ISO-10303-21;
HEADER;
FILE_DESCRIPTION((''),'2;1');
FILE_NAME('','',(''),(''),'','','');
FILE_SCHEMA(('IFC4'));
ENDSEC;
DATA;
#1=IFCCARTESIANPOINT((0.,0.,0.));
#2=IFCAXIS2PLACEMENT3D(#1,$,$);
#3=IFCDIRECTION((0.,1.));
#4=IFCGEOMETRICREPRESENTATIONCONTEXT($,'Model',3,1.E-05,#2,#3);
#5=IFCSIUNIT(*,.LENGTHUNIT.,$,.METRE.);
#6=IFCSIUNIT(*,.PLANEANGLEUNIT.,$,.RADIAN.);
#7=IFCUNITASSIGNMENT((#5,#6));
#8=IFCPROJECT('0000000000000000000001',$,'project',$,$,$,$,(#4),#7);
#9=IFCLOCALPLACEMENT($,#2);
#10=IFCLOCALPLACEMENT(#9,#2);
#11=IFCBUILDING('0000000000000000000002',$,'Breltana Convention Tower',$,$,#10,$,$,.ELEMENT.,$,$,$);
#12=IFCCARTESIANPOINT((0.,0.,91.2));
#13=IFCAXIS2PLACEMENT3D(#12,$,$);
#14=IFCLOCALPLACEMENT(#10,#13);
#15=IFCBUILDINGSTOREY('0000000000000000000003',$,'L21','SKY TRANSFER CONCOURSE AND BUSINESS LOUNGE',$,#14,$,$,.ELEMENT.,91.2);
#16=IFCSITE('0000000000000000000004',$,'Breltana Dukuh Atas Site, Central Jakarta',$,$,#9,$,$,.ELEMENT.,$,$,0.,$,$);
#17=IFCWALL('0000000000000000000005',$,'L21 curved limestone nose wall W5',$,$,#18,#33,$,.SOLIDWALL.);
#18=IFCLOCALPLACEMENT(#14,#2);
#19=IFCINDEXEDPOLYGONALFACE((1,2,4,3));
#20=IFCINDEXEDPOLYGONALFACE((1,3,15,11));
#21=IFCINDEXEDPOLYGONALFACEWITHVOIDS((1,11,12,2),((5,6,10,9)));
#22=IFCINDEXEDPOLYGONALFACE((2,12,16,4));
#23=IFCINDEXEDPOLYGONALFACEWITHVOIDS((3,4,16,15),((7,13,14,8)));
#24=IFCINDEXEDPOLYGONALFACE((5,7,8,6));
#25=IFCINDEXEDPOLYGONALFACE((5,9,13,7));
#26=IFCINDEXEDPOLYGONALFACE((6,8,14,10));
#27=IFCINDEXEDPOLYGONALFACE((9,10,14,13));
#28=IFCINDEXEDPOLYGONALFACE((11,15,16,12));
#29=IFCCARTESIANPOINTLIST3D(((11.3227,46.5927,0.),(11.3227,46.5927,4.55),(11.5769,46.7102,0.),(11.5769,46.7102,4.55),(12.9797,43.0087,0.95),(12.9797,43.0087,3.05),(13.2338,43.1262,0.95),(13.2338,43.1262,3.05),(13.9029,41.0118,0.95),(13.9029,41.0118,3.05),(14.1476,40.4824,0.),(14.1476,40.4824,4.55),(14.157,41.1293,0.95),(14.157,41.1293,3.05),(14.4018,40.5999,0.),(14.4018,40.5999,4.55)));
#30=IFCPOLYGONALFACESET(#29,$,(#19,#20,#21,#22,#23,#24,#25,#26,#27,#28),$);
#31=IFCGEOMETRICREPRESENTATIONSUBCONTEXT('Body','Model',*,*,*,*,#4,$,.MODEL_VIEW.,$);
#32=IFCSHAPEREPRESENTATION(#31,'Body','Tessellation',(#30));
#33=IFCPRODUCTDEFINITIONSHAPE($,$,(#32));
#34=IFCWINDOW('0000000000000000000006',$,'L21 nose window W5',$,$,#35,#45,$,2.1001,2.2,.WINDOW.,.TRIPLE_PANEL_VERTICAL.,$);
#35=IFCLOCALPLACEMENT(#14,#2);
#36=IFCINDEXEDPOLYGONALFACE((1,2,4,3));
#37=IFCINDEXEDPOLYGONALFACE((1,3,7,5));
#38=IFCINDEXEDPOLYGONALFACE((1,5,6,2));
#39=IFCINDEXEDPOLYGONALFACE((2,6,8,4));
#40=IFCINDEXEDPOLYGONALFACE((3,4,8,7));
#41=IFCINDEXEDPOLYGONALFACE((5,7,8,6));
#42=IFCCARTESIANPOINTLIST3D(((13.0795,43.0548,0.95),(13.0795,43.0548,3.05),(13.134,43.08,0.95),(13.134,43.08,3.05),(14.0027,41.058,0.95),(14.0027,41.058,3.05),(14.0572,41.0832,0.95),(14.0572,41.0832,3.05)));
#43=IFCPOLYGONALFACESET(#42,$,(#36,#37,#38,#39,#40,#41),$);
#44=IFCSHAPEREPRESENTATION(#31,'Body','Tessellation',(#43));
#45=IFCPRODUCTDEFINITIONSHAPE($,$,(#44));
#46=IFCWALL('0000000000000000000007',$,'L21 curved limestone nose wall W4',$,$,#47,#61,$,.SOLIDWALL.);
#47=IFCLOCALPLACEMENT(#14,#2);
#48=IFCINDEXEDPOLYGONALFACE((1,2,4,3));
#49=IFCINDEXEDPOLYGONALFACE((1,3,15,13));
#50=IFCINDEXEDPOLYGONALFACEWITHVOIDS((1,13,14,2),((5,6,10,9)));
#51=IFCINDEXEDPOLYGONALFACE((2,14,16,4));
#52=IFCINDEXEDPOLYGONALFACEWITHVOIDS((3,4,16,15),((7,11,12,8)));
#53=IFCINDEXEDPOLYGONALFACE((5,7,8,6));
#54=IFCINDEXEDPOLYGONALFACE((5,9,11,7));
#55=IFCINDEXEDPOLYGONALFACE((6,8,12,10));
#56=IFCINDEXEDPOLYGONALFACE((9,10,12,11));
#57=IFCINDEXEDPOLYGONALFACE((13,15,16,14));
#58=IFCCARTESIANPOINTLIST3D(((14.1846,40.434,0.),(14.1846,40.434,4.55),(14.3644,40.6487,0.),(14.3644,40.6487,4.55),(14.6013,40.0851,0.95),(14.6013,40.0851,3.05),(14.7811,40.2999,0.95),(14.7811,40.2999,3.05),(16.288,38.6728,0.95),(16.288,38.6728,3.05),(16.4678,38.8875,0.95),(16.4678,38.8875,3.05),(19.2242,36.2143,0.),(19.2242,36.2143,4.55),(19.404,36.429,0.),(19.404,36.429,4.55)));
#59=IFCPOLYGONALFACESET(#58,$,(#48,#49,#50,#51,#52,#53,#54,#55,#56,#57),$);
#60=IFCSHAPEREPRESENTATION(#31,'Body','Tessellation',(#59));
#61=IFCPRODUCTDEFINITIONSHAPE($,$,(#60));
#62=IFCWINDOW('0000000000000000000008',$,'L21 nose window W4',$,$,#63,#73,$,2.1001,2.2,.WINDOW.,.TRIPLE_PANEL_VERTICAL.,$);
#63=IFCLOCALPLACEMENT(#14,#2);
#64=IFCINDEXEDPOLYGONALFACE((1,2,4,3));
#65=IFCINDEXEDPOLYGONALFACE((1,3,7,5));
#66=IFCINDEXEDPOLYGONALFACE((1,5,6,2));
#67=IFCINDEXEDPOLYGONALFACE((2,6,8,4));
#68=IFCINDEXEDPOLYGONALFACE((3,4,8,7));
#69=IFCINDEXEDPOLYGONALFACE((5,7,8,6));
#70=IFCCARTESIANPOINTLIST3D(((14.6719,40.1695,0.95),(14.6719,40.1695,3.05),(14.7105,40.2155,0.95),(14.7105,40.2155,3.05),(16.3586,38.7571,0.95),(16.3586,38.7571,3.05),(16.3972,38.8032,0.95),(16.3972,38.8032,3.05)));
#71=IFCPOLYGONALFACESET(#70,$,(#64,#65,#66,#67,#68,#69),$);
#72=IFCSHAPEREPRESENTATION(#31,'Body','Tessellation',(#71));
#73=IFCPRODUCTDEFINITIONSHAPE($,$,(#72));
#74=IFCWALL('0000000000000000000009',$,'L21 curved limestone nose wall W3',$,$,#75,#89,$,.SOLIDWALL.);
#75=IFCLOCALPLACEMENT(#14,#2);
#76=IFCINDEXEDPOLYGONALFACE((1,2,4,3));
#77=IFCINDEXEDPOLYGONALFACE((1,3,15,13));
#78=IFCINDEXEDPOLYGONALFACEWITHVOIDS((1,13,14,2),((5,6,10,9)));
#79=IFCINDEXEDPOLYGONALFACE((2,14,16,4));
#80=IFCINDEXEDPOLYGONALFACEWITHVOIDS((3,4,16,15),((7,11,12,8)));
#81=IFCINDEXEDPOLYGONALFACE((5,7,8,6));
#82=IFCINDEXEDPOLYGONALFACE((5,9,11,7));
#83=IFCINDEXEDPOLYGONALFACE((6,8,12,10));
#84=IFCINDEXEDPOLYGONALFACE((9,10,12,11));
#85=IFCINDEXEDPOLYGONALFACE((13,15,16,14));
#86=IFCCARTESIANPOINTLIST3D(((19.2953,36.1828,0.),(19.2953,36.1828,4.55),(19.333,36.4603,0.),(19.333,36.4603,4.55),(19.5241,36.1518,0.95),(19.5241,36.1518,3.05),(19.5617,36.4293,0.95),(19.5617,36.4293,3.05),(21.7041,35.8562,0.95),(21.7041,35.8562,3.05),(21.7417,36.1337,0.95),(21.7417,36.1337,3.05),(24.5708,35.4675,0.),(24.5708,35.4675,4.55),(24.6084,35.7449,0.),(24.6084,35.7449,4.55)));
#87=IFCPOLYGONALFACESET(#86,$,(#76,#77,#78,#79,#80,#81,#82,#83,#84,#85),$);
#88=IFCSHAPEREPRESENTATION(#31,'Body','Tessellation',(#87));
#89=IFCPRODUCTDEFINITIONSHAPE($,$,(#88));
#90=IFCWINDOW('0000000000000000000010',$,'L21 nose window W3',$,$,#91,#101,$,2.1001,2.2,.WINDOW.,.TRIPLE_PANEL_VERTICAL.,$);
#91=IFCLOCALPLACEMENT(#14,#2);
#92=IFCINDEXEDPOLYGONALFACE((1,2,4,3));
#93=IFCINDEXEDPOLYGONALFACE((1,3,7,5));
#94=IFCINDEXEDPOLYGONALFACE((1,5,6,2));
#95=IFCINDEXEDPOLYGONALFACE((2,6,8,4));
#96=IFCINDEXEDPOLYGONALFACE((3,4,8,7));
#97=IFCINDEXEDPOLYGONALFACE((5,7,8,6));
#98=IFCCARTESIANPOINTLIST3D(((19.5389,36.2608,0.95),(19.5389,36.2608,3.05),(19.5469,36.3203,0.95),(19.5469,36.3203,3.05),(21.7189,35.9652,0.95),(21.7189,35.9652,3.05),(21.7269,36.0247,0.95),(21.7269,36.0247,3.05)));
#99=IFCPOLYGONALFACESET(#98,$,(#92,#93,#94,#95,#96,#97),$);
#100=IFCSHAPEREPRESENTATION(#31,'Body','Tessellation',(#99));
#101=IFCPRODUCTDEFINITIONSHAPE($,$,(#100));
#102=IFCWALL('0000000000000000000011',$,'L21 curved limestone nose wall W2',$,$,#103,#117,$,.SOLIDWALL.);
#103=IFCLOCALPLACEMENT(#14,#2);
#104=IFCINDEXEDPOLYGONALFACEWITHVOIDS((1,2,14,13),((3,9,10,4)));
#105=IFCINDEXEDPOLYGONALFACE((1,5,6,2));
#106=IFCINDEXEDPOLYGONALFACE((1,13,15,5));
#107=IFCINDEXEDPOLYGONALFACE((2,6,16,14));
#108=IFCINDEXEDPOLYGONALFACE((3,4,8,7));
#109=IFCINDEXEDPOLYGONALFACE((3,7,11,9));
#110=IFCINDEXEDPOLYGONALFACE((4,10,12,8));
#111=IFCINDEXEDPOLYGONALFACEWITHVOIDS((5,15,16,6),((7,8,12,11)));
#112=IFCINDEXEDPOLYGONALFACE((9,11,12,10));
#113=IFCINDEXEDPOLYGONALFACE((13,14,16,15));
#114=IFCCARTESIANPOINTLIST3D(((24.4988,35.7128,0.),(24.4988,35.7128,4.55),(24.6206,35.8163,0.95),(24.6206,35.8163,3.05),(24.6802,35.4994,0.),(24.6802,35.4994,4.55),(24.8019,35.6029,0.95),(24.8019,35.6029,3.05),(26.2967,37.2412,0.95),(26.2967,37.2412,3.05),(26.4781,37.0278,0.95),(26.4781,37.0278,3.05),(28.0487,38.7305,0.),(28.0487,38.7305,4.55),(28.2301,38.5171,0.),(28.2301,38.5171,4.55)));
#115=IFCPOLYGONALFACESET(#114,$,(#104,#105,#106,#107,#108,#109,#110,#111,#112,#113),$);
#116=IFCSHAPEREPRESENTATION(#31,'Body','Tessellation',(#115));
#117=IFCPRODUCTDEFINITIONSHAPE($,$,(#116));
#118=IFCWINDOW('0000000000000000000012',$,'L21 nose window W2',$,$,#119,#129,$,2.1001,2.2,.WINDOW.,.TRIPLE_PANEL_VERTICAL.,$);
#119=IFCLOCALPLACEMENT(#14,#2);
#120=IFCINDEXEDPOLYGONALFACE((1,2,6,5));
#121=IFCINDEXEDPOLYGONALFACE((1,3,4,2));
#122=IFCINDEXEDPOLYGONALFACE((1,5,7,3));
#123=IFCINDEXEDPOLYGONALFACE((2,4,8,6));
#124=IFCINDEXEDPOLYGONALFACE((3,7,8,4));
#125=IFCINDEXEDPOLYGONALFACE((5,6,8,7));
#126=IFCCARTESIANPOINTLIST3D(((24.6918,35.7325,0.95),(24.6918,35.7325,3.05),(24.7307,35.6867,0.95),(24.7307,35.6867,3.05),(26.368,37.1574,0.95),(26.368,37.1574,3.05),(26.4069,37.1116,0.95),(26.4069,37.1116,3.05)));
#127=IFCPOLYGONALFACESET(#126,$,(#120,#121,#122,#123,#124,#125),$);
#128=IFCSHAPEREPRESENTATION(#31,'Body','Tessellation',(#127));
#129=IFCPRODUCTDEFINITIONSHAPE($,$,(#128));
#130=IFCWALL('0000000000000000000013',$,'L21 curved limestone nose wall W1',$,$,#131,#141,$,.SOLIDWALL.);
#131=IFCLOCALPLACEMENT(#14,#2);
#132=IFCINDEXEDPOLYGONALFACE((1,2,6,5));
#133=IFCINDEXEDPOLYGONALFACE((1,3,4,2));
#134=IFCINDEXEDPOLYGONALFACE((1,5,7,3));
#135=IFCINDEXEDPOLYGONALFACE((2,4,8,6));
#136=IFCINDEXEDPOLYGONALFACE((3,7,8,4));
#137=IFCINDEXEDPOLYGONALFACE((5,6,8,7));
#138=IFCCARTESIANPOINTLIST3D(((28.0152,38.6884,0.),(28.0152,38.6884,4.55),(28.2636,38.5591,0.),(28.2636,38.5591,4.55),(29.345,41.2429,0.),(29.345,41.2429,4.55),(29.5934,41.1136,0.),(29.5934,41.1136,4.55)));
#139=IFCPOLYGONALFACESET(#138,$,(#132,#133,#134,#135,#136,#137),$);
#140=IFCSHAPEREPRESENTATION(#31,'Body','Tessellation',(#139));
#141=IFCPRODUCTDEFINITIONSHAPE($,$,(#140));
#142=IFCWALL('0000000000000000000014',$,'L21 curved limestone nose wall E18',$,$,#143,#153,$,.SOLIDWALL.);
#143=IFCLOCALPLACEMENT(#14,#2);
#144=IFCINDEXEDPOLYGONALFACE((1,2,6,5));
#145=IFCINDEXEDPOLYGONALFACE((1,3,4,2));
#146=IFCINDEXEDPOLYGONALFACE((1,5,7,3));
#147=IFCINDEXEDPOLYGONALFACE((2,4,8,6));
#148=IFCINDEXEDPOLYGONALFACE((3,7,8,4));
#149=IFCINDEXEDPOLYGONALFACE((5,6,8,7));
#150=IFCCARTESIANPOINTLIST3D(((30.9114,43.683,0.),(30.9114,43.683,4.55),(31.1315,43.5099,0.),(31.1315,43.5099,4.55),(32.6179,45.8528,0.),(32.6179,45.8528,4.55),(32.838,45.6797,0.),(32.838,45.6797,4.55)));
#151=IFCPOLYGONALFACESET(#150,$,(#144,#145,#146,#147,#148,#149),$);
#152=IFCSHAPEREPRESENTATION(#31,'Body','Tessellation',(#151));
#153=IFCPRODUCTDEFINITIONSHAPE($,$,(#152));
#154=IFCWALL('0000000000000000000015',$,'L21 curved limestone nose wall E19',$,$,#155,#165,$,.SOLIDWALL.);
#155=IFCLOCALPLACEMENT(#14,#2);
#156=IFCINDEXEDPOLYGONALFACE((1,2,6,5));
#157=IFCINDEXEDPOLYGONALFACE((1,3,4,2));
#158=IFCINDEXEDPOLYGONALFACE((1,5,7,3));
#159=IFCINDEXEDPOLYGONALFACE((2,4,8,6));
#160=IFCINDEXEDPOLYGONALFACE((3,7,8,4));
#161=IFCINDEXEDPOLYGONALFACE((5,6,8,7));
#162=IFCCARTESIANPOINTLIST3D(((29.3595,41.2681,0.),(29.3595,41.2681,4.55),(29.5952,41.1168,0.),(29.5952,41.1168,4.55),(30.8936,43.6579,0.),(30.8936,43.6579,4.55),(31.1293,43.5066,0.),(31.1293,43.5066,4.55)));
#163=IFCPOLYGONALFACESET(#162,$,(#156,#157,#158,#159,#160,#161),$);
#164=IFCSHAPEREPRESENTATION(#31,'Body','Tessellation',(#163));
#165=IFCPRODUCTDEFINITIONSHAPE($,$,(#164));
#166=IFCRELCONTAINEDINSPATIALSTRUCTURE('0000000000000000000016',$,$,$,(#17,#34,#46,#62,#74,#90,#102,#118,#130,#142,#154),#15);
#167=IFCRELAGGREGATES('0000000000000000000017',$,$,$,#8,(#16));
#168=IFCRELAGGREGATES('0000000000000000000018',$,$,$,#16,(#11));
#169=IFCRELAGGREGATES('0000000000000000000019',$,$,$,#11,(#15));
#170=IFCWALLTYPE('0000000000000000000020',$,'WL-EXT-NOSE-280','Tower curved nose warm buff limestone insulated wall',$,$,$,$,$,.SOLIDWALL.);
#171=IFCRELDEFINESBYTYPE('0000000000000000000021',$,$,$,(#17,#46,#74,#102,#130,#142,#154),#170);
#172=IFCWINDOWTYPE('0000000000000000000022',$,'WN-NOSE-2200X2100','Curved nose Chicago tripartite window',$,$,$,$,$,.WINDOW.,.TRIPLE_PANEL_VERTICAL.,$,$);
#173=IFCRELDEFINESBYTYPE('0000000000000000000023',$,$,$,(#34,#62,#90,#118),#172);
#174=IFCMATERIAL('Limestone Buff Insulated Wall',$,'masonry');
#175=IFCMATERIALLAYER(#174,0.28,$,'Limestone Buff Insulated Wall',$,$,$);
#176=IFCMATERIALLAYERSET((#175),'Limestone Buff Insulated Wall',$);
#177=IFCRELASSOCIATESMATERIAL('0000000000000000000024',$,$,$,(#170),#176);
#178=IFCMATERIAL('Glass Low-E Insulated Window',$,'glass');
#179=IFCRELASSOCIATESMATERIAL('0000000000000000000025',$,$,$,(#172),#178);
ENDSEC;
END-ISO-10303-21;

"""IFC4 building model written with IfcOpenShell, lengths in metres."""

from ifc_helpers import new_model, si_unit, direction, frame, frame_2d, origin, place, context, subcontext, project, spatial, rectangle, extrude, source, transform, mapped, material, layer, layer_set, type_object, type_shapes, element, fill, save


model = new_model("IFC4")

# Units and contexts
model_context = context("Model", 3, precision=1e-05, world=origin(), true_north=direction((0.0, 1.0)))
body_context = subcontext(model_context, "Body", "Model", "MODEL_VIEW")
ifc_project = project(units=[si_unit("LENGTHUNIT", "METRE"), si_unit("PLANEANGLEUNIT", "RADIAN")], contexts=[model_context])

# Site, building, storey
site_placement = place(None, origin())
site = spatial("IfcSite", under=ifc_project, at=site_placement, Name="Breltana Dukuh Atas Site, Central Jakarta", CompositionType="ELEMENT", RefElevation=0.0)
building_placement = place(site_placement, origin())
building = spatial("IfcBuilding", under=site, at=building_placement, Name="Breltana Convention Tower", CompositionType="ELEMENT")
storey_placement = place(building_placement, frame((0.0, 0.0, 91.2)))
storey = spatial("IfcBuildingStorey", under=building, at=storey_placement, Name="L21", Description="SKY TRANSFER CONCOURSE AND BUSINESS LOUNGE", CompositionType="ELEMENT", Elevation=91.2)

# Walls, openings, windows
ifc_material_1 = material(Name="Limestone Buff Insulated Wall", Category="masonry")
ifc_layer_1 = layer(ifc_material_1, 0.28, Name="Limestone Buff Insulated Wall")
ifc_layer_set_1 = layer_set([ifc_layer_1], Name="Limestone Buff Insulated Wall")
wall_type = type_object("IfcWallType", Name="WL-EXT-NOSE-280", Description="Tower curved nose warm buff limestone insulated wall", PredefinedType="SOLIDWALL", material=ifc_layer_set_1)
shared_shape_1 = source(origin(), body_context, "Body", "SweptSolid", [
    extrude(rectangle(XDim=6.7317, YDim=0.28, at=frame_2d((3.3657, 0.0))), origin(), (0.0, 0.0, 1.0), 4.55),
])
wall_1_placement = place(storey_placement, frame((14.2747, 40.5413, 0.0), z_axis=(0.0, 0.0, 1.0), x_axis=(-0.419645, 0.907689, 0.0)))
wall_1 = element("IfcWall", 1, at=wall_1_placement, inside=storey, type_object=wall_type, Name="L21 curved limestone nose wall W5", PredefinedType="SOLIDWALL", context=body_context, shape_type="MappedRepresentation", body=[
    mapped(shared_shape_1, transform((0.0, 0.0, 0.0), scale=1.0)),
])
opening_1_placement = place(wall_1_placement, frame((0.583, 0.0, 0.95)))
opening_1 = element("IfcOpeningElement", 2, at=opening_1_placement, cuts=wall_1, PredefinedType="OPENING", context=body_context, shape_type="SweptSolid", body=[
    extrude(rectangle(XDim=2.2, YDim=2.1001, at=frame_2d((1.1001, 1.05))), frame((0.0, 0.1499, 0.0), z_axis=(0.0, -1.0, 0.0), x_axis=(1.0, 0.0, 0.0)), (0.0, 0.0, 1.0), 0.3),
])
ifc_material_2 = material(Name="Glass Low-E Insulated Window", Category="glass")
window_type = type_object("IfcWindowType", Name="WN-NOSE-2200X2100", Description="Curved nose Chicago tripartite window", PartitioningType="TRIPLE_PANEL_VERTICAL", PredefinedType="WINDOW", material=ifc_material_2)
shared_shape_2 = source(origin(), body_context, "Body", "SweptSolid", [
    extrude(rectangle(XDim=2.2, YDim=2.1001, at=frame_2d((1.1001, 1.05))), frame((0.0, 0.03, 0.0), z_axis=(0.0, -1.0, 0.0), x_axis=(1.0, 0.0, 0.0)), (0.0, 0.0, 1.0), 0.0601),
])
type_shapes(window_type, [shared_shape_2])
window_1_placement = place(opening_1_placement, origin())
window_1 = element("IfcWindow", 3, at=window_1_placement, inside=storey, type_object=window_type, Name="L21 nose window W5", OverallHeight=2.1001, OverallWidth=2.2, PartitioningType="TRIPLE_PANEL_VERTICAL", PredefinedType="WINDOW", context=body_context, shape_type="MappedRepresentation", body=[
    mapped(shared_shape_2, transform((0.0, 0.0, 0.0), scale=1.0)),
])
fill(opening_1, window_1)
shared_shape_3 = source(origin(), body_context, "Body", "SweptSolid", [
    extrude(rectangle(XDim=6.573, YDim=0.28, at=frame_2d((3.2866, 0.0))), origin(), (0.0, 0.0, 1.0), 4.55),
])
wall_2_placement = place(storey_placement, frame((19.3142, 36.3215, 0.0), z_axis=(0.0, 0.0, 1.0), x_axis=(-0.766715, 0.641987, 0.0)))
wall_2 = element("IfcWall", 4, at=wall_2_placement, inside=storey, type_object=wall_type, Name="L21 curved limestone nose wall W4", PredefinedType="SOLIDWALL", context=body_context, shape_type="MappedRepresentation", body=[
    mapped(shared_shape_3, transform((0.0, 0.0, 0.0), scale=1.0)),
])
opening_2_placement = place(wall_2_placement, frame((3.8296, 0.0, 0.95)))
opening_2 = element("IfcOpeningElement", 5, at=opening_2_placement, cuts=wall_2, PredefinedType="OPENING", context=body_context, shape_type="SweptSolid", body=[
    extrude(rectangle(XDim=2.2, YDim=2.1001, at=frame_2d((1.1001, 1.05))), frame((0.0, 0.1499, 0.0), z_axis=(0.0, -1.0, 0.0), x_axis=(1.0, 0.0, 0.0)), (0.0, 0.0, 1.0), 0.3),
])
window_2_placement = place(opening_2_placement, origin())
window_2 = element("IfcWindow", 6, at=window_2_placement, inside=storey, type_object=window_type, Name="L21 nose window W4", OverallHeight=2.1001, OverallWidth=2.2, PartitioningType="TRIPLE_PANEL_VERTICAL", PredefinedType="WINDOW", context=body_context, shape_type="MappedRepresentation", body=[
    mapped(shared_shape_2, transform((0.0, 0.0, 0.0), scale=1.0)),
])
fill(opening_2, window_2)
shared_shape_4 = source(origin(), body_context, "Body", "SweptSolid", [
    extrude(rectangle(XDim=5.3237, YDim=0.28, at=frame_2d((2.6619, 0.0))), origin(), (0.0, 0.0, 1.0), 4.55),
])
wall_3_placement = place(storey_placement, frame((24.5896, 35.6062, 0.0), z_axis=(0.0, 0.0, 1.0), x_axis=(-0.990931, 0.134368, 0.0)))
wall_3 = element("IfcWall", 7, at=wall_3_placement, inside=storey, type_object=wall_type, Name="L21 curved limestone nose wall W3", PredefinedType="SOLIDWALL", context=body_context, shape_type="MappedRepresentation", body=[
    mapped(shared_shape_4, transform((0.0, 0.0, 0.0), scale=1.0)),
])
opening_3_placement = place(wall_3_placement, frame((2.8928, 0.0, 0.95)))
opening_3 = element("IfcOpeningElement", 8, at=opening_3_placement, cuts=wall_3, PredefinedType="OPENING", context=body_context, shape_type="SweptSolid", body=[
    extrude(rectangle(XDim=2.2, YDim=2.1001, at=frame_2d((1.1001, 1.05))), frame((0.0, 0.1499, 0.0), z_axis=(0.0, -1.0, 0.0), x_axis=(1.0, 0.0, 0.0)), (0.0, 0.0, 1.0), 0.3),
])
window_3_placement = place(opening_3_placement, origin())
window_3 = element("IfcWindow", 9, at=window_3_placement, inside=storey, type_object=window_type, Name="L21 nose window W3", OverallHeight=2.1001, OverallWidth=2.2, PartitioningType="TRIPLE_PANEL_VERTICAL", PredefinedType="WINDOW", context=body_context, shape_type="MappedRepresentation", body=[
    mapped(shared_shape_2, transform((0.0, 0.0, 0.0), scale=1.0)),
])
fill(opening_3, window_3)
shared_shape_5 = source(origin(), body_context, "Body", "SweptSolid", [
    extrude(rectangle(XDim=4.6592, YDim=0.28, at=frame_2d((2.3296, 0.0))), origin(), (0.0, 0.0, 1.0), 4.55),
])
wall_4_placement = place(storey_placement, frame((28.1394, 38.6238, 0.0), z_axis=(0.0, 0.0, 1.0), x_axis=(-0.761913, -0.647679, 0.0)))
wall_4 = element("IfcWall", 10, at=wall_4_placement, inside=storey, type_object=wall_type, Name="L21 curved limestone nose wall W2", PredefinedType="SOLIDWALL", context=body_context, shape_type="MappedRepresentation", body=[
    mapped(shared_shape_5, transform((0.0, 0.0, 0.0), scale=1.0)),
])
opening_4_placement = place(wall_4_placement, frame((2.2993, 0.0, 0.95)))
opening_4 = element("IfcOpeningElement", 11, at=opening_4_placement, cuts=wall_4, PredefinedType="OPENING", context=body_context, shape_type="SweptSolid", body=[
    extrude(rectangle(XDim=2.2, YDim=2.1001, at=frame_2d((1.1001, 1.05))), frame((0.0, 0.1499, 0.0), z_axis=(0.0, -1.0, 0.0), x_axis=(1.0, 0.0, 0.0)), (0.0, 0.0, 1.0), 0.3),
])
window_4_placement = place(opening_4_placement, origin())
window_4 = element("IfcWindow", 12, at=window_4_placement, inside=storey, type_object=window_type, Name="L21 nose window W2", OverallHeight=2.1001, OverallWidth=2.2, PartitioningType="TRIPLE_PANEL_VERTICAL", PredefinedType="WINDOW", context=body_context, shape_type="MappedRepresentation", body=[
    mapped(shared_shape_2, transform((0.0, 0.0, 0.0), scale=1.0)),
])
fill(opening_4, window_4)

# Walls
shared_shape_6 = source(origin(), body_context, "Body", "SweptSolid", [
    extrude(rectangle(XDim=2.8799, YDim=0.28, at=frame_2d((1.4399, 0.0))), origin(), (0.0, 0.0, 1.0), 4.55),
])
wall_5_placement = place(storey_placement, frame((29.4692, 41.1782, 0.0), z_axis=(0.0, 0.0, 1.0), x_axis=(-0.461769, -0.887, 0.0)))
element("IfcWall", 13, at=wall_5_placement, inside=storey, type_object=wall_type, Name="L21 curved limestone nose wall W1", PredefinedType="SOLIDWALL", context=body_context, shape_type="MappedRepresentation", body=[
    mapped(shared_shape_6, transform((0.0, 0.0, 0.0), scale=1.0)),
])
shared_shape_7 = source(origin(), body_context, "Body", "SweptSolid", [
    extrude(rectangle(XDim=2.7605, YDim=0.28, at=frame_2d((1.3804, 0.0))), origin(), (0.0, 0.0, 1.0), 4.55),
])
wall_6_placement = place(storey_placement, frame((32.728, 45.7664, 0.0), z_axis=(0.0, 0.0, 1.0), x_axis=(-0.618181, -0.786036, 0.0)))
element("IfcWall", 14, at=wall_6_placement, inside=storey, type_object=wall_type, Name="L21 curved limestone nose wall E18", PredefinedType="SOLIDWALL", context=body_context, shape_type="MappedRepresentation", body=[
    mapped(shared_shape_7, transform((0.0, 0.0, 0.0), scale=1.0)),
])
shared_shape_8 = source(origin(), body_context, "Body", "SweptSolid", [
    extrude(rectangle(XDim=2.8398, YDim=0.28, at=frame_2d((1.4199, 0.0))), origin(), (0.0, 0.0, 1.0), 4.55),
])
wall_7_placement = place(storey_placement, frame((31.0115, 43.5823, 0.0), z_axis=(0.0, 0.0, 1.0), x_axis=(-0.540214, -0.841527, 0.0)))
element("IfcWall", 15, at=wall_7_placement, inside=storey, type_object=wall_type, Name="L21 curved limestone nose wall E19", PredefinedType="SOLIDWALL", context=body_context, shape_type="MappedRepresentation", body=[
    mapped(shared_shape_8, transform((0.0, 0.0, 0.0), scale=1.0)),
])

save(model, "model.ifc")
